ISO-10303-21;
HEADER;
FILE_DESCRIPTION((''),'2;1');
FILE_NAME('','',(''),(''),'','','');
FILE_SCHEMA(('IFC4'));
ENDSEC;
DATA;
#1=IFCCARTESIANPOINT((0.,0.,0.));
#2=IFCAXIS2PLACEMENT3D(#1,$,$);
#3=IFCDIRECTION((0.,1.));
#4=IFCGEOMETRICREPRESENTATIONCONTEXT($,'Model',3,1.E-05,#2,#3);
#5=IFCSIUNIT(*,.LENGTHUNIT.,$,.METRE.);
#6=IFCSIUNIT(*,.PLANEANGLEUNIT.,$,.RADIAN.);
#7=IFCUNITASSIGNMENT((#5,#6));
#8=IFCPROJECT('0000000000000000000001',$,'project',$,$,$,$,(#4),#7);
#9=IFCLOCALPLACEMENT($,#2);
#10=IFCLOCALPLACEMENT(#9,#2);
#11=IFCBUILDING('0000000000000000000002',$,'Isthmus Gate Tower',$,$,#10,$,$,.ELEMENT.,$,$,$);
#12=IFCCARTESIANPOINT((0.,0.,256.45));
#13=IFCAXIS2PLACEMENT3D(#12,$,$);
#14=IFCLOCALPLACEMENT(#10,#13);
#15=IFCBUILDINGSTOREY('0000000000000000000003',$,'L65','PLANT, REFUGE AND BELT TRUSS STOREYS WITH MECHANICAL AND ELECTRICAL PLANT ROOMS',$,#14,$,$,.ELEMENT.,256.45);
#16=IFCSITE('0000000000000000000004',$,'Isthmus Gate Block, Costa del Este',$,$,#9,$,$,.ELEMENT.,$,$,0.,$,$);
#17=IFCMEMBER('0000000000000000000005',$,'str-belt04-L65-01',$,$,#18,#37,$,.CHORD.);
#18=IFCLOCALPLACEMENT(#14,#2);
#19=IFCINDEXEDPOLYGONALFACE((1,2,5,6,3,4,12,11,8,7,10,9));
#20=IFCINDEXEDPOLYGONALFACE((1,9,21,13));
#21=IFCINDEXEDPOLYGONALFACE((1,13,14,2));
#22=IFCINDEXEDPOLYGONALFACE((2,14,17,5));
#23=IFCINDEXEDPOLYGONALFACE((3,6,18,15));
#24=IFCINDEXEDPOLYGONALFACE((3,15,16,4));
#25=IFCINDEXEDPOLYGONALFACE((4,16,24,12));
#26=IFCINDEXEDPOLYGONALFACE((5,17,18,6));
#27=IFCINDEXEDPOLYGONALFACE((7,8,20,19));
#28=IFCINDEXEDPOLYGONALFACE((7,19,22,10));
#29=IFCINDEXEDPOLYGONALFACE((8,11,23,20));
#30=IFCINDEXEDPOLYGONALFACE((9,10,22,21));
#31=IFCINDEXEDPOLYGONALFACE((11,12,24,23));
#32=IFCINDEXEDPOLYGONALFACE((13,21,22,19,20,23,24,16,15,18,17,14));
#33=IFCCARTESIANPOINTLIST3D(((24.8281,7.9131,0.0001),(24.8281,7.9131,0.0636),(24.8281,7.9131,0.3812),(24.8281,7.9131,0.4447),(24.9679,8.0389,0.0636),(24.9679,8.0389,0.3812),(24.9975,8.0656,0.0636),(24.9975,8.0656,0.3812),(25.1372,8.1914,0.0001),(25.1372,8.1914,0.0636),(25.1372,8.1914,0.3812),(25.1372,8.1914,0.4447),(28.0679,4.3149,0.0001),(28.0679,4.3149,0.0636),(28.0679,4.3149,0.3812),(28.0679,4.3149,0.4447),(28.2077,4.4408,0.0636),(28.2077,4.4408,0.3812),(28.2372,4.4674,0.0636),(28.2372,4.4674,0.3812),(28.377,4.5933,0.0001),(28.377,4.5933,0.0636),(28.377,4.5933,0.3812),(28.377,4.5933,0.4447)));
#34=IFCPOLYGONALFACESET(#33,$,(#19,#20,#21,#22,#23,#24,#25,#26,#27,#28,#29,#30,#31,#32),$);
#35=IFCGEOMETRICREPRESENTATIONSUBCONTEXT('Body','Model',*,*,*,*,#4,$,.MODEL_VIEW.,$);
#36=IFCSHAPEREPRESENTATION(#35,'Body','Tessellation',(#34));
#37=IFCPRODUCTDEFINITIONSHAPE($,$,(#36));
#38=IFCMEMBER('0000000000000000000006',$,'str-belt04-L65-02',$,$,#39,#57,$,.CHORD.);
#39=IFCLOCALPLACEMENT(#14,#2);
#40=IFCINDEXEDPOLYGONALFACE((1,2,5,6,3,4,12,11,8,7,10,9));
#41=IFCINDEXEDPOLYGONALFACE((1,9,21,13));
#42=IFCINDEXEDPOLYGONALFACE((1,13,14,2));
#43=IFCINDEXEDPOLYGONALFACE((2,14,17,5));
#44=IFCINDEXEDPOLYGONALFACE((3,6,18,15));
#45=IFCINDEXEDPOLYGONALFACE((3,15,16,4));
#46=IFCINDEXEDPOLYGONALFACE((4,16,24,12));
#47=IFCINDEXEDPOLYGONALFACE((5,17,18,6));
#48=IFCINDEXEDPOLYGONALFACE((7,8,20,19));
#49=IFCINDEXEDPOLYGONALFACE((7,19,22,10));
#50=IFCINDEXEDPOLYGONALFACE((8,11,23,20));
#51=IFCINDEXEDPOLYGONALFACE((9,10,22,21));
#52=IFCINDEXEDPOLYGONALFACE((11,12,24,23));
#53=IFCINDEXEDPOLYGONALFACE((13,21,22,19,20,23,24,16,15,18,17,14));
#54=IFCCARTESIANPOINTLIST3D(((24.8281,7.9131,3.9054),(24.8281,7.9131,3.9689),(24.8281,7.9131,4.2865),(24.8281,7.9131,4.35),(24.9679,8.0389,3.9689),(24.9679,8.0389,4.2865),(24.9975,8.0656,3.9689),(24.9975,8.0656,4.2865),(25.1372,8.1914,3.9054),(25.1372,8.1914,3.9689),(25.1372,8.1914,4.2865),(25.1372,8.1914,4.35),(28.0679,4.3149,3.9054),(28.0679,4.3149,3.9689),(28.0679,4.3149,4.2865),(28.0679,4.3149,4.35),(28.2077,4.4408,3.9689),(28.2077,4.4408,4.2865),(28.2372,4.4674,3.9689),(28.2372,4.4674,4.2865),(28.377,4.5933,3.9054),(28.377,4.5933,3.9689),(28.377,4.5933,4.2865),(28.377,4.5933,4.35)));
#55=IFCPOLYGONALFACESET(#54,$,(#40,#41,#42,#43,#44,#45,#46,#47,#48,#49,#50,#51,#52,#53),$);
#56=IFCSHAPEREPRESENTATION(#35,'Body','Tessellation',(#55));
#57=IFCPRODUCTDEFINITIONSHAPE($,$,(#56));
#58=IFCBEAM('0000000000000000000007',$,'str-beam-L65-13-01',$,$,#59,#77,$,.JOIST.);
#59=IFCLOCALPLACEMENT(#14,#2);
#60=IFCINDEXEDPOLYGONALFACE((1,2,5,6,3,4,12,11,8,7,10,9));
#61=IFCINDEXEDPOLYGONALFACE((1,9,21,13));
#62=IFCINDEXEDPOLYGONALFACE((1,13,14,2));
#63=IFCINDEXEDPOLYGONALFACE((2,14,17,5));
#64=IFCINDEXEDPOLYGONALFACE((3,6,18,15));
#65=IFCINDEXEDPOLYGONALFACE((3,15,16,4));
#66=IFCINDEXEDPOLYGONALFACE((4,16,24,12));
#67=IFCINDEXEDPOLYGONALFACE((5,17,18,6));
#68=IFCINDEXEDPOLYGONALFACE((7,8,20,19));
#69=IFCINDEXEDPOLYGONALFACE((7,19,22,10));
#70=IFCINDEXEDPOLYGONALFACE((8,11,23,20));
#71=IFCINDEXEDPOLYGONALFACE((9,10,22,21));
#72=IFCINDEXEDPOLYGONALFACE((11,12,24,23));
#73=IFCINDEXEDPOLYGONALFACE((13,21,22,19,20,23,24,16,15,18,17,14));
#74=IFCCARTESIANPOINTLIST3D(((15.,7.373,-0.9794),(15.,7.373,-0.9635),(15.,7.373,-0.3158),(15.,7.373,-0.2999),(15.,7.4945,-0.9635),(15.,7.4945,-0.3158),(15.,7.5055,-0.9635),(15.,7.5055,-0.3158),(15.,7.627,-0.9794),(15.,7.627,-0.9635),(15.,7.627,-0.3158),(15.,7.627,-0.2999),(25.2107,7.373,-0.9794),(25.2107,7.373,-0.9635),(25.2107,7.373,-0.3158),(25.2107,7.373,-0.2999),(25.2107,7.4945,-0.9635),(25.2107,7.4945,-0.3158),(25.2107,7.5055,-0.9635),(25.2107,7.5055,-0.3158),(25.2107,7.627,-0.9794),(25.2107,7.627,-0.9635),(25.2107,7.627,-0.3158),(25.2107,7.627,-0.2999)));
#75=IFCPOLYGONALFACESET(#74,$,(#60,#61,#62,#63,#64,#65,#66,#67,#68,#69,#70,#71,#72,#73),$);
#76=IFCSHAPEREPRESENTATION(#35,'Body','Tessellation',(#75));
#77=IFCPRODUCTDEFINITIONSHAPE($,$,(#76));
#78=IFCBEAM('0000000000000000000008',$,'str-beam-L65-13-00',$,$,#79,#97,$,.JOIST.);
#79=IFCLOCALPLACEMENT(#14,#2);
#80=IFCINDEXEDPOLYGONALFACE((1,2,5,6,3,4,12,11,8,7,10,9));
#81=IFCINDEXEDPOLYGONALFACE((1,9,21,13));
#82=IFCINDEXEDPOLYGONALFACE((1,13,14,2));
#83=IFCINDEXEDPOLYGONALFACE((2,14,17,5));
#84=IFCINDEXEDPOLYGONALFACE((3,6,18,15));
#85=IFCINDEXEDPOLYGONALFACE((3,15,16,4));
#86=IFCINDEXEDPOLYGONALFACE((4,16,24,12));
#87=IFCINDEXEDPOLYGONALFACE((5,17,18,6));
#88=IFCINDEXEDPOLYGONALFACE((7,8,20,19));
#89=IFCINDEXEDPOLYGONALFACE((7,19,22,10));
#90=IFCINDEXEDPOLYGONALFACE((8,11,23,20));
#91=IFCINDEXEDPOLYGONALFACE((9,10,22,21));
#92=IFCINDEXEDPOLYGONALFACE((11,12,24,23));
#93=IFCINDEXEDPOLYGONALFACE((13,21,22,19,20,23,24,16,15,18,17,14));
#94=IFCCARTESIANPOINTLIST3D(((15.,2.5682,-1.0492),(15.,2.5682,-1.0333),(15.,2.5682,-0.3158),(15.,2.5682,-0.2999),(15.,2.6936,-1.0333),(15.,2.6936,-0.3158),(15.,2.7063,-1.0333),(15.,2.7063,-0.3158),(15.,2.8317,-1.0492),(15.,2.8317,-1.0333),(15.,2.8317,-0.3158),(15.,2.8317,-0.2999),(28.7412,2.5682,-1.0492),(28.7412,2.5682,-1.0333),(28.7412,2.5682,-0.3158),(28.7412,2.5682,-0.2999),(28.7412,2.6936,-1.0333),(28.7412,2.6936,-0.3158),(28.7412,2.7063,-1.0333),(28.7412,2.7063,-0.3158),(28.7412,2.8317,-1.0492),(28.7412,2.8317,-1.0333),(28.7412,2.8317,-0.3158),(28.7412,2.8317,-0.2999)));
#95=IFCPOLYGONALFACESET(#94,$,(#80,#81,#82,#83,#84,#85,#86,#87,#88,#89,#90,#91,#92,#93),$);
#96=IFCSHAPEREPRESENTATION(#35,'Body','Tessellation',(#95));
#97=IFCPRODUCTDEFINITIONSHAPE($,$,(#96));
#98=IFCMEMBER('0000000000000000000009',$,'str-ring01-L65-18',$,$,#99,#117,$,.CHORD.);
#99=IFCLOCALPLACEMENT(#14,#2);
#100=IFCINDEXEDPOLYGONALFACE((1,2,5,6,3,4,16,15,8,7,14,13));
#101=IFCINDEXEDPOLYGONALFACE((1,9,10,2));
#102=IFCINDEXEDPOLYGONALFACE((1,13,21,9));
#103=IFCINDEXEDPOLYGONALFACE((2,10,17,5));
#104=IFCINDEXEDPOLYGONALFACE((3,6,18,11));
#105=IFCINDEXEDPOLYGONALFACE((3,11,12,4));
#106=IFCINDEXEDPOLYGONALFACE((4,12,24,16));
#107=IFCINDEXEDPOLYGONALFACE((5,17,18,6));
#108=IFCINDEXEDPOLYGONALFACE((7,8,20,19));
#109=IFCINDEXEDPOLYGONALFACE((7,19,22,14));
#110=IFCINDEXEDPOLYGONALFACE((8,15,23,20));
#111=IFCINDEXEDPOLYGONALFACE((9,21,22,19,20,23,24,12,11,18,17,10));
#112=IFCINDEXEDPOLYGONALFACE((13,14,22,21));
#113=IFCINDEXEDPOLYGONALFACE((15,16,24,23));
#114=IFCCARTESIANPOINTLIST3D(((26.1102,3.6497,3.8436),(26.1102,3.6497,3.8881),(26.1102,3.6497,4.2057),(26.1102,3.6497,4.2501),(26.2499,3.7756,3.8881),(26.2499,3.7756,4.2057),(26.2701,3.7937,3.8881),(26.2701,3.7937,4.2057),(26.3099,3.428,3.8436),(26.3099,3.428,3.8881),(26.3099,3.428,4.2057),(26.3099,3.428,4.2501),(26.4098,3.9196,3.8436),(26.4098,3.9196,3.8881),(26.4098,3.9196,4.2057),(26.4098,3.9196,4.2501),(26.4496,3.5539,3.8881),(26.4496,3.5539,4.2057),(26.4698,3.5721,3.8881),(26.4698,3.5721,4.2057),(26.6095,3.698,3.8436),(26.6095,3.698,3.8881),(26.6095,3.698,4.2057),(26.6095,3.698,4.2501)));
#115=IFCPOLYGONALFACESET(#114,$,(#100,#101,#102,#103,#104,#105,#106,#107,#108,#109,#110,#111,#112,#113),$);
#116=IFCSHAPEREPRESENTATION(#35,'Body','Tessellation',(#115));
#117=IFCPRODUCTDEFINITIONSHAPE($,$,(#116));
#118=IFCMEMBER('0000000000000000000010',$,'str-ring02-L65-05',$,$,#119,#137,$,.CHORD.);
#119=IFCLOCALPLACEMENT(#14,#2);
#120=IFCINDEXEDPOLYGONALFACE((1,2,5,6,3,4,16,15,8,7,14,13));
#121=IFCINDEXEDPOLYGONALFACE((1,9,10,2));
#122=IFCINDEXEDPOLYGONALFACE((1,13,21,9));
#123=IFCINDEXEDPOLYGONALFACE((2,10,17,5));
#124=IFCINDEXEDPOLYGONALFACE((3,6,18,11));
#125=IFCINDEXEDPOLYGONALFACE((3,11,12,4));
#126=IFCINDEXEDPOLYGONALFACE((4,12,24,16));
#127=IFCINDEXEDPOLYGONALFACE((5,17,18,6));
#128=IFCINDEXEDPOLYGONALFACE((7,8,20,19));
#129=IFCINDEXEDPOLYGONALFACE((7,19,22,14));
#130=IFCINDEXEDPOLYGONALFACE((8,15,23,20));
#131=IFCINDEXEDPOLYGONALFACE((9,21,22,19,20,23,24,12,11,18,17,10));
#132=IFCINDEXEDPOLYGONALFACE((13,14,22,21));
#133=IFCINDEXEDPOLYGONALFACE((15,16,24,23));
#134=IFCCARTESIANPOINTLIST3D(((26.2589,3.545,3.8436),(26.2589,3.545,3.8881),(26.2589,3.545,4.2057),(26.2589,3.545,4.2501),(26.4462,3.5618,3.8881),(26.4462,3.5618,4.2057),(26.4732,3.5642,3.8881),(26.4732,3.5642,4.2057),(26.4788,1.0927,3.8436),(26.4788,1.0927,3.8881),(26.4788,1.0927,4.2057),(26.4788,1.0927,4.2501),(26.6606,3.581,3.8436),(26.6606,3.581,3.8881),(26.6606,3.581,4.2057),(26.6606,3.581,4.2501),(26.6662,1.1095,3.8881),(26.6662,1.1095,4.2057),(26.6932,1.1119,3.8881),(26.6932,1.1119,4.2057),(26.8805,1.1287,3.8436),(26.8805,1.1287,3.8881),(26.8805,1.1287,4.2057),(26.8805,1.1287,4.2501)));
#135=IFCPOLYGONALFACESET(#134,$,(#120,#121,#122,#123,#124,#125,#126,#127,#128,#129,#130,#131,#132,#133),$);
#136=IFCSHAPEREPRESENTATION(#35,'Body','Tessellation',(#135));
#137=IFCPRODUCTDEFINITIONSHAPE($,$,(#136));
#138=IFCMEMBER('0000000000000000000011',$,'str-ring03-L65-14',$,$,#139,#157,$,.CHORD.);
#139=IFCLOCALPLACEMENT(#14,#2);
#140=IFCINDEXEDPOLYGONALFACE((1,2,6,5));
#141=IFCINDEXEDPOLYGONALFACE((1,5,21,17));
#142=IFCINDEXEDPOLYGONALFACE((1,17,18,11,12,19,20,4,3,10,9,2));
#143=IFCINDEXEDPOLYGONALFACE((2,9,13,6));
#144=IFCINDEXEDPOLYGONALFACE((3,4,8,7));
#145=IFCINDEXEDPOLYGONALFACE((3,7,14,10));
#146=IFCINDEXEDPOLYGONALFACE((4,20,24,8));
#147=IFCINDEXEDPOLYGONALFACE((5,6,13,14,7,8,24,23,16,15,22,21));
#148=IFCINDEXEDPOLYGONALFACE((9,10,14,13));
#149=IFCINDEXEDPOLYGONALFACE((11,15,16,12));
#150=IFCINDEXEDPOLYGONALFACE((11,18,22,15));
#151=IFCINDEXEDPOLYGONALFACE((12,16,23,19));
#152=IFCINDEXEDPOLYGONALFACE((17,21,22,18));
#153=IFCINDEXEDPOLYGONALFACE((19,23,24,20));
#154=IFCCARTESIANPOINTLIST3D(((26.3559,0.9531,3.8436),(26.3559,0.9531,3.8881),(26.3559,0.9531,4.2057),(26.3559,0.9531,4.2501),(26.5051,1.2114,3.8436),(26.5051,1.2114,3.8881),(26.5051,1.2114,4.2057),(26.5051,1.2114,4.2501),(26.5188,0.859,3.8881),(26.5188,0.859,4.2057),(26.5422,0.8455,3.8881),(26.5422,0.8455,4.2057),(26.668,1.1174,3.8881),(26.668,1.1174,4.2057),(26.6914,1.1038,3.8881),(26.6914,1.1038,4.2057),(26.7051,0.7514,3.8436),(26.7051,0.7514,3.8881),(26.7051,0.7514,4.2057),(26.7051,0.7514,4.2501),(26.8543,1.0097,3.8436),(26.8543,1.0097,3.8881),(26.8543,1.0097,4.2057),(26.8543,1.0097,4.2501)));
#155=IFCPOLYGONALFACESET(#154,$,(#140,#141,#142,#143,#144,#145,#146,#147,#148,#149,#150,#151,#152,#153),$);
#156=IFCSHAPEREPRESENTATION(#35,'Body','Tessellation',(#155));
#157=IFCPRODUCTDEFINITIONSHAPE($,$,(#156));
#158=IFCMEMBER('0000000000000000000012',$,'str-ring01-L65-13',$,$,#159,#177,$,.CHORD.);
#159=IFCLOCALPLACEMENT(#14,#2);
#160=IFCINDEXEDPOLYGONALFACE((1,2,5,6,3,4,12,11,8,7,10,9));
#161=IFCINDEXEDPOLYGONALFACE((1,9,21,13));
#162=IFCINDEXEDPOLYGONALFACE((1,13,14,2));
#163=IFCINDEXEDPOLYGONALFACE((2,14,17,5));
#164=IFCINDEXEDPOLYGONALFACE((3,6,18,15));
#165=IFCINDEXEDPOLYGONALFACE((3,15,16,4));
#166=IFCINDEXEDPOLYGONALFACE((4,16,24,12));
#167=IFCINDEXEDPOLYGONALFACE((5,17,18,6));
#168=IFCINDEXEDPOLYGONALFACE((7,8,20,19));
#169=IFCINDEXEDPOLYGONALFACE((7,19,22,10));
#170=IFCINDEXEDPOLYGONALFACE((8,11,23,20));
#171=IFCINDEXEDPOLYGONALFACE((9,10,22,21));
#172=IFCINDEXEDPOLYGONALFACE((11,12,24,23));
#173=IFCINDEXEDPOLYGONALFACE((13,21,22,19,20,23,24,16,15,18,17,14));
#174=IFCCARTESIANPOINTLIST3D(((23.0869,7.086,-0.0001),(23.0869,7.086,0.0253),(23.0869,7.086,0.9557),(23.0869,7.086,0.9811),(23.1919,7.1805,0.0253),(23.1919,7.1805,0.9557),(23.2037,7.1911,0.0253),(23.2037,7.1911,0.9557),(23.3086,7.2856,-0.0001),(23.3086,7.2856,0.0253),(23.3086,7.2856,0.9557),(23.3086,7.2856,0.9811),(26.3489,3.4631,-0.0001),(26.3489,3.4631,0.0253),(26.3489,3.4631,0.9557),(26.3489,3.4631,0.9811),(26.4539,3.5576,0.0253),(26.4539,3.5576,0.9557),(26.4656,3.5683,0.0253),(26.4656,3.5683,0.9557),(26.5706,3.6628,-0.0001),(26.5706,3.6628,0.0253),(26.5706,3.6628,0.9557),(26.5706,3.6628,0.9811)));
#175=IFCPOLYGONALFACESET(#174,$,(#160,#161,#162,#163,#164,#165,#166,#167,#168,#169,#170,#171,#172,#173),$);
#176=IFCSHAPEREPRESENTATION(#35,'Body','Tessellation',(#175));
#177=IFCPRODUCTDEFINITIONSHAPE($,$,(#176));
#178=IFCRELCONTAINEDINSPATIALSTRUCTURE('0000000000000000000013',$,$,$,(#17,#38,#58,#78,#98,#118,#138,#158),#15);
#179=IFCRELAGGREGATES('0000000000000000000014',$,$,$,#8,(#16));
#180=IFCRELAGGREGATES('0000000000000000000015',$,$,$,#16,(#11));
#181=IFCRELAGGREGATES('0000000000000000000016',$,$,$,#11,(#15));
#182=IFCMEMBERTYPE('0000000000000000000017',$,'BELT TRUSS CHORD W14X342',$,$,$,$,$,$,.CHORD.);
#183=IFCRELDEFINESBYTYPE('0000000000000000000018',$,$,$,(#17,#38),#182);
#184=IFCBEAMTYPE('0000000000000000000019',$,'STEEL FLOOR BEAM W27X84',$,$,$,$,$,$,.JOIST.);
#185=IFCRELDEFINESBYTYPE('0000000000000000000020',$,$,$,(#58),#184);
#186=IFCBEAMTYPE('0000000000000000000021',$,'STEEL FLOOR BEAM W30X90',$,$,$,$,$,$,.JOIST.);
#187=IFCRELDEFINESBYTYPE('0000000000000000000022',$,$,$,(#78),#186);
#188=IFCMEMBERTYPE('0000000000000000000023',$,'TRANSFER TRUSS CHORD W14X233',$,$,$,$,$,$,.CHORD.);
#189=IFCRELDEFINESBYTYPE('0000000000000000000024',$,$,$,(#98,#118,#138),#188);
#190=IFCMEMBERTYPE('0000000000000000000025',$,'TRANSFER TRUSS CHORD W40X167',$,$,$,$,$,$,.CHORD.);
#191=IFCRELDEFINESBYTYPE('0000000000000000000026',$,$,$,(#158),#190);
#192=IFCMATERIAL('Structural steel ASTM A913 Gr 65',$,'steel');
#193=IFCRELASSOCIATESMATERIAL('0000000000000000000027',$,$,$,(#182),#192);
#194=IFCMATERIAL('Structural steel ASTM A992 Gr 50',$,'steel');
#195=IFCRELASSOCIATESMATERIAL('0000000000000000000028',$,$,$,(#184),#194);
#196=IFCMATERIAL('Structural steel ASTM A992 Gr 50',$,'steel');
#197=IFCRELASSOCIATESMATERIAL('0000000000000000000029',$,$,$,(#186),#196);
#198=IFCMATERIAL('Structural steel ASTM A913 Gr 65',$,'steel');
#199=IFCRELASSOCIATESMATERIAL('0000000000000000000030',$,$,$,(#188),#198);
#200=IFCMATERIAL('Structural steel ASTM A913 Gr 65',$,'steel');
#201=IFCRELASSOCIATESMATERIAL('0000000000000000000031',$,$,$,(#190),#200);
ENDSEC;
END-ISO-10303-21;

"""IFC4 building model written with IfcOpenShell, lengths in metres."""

from ifc_helpers import new_model, si_unit, direction, frame, origin, origin_2d, place, context, subcontext, project, spatial, i_section, extrude, material, material_profile, profile_set, type_object, element, save


model = new_model("IFC4")

# Units and contexts
model_context = context("Model", 3, precision=1e-05, world=origin(), true_north=direction((0.0, 1.0)))
body_context = subcontext(model_context, "Body", "Model", "MODEL_VIEW")
ifc_project = project(units=[si_unit("LENGTHUNIT", "METRE"), si_unit("PLANEANGLEUNIT", "RADIAN")], contexts=[model_context])

# Site, building, storey
site_placement = place(None, origin())
site = spatial("IfcSite", under=ifc_project, at=site_placement, Name="Isthmus Gate Block, Costa del Este", CompositionType="ELEMENT", RefElevation=0.0)
building_placement = place(site_placement, origin())
building = spatial("IfcBuilding", under=site, at=building_placement, Name="Isthmus Gate Tower", CompositionType="ELEMENT")
storey_placement = place(building_placement, frame((0.0, 0.0, 256.45)))
storey = spatial("IfcBuildingStorey", under=building, at=storey_placement, Name="L65", Description="PLANT, REFUGE AND BELT TRUSS STOREYS WITH MECHANICAL AND ELECTRICAL PLANT ROOMS", CompositionType="ELEMENT", Elevation=256.45)

# Members
ifc_material_1 = material(Name="Structural steel ASTM A913 Gr 65", Category="steel")
ifc_material_profile_1 = material_profile(ifc_material_1, i_section(OverallWidth=0.416, OverallDepth=0.4446, WebThickness=0.0398, FlangeThickness=0.0635, at=origin_2d()), Name="W14X342")
ifc_profile_set_1 = profile_set([ifc_material_profile_1], Name="Structural steel ASTM A913 Gr 65")
member_type_1 = type_object("IfcMemberType", Name="BELT TRUSS CHORD W14X342", PredefinedType="CHORD", material=ifc_profile_set_1)
for number, where, z_axis, x_axis, name in (
    (1, (24.9827, 8.0522, 0.2224), (0.669126, -0.743149, 0.0), (0.743149, 0.669126, 0.0), "str-belt04-L65-01"),
    (2, (24.9827, 8.0522, 4.1277), (0.669126, -0.743149, 0.0), (0.743149, 0.669126, 0.0), "str-belt04-L65-02"),
):
    element("IfcMember", number, at=place(storey_placement, frame(where, z_axis=z_axis, x_axis=x_axis)), inside=storey, type_object=member_type_1, Name=name, PredefinedType="CHORD", context=body_context, shape_type="SweptSolid", body=[
        extrude(i_section(OverallWidth=0.416, OverallDepth=0.4446, WebThickness=0.0398, FlangeThickness=0.0635, at=origin_2d()), origin(), (0.0, 0.0, 1.0), 4.8418),
    ])

# Beams
ifc_material_2 = material(Name="Structural steel ASTM A992 Gr 50", Category="steel")
ifc_material_profile_2 = material_profile(ifc_material_2, i_section(OverallWidth=0.2539, OverallDepth=0.6794, WebThickness=0.011, FlangeThickness=0.0159, at=origin_2d()), Name="W27X84")
ifc_profile_set_2 = profile_set([ifc_material_profile_2], Name="Structural steel ASTM A992 Gr 50")
beam_type_1 = type_object("IfcBeamType", Name="STEEL FLOOR BEAM W27X84", PredefinedType="JOIST", material=ifc_profile_set_2)
beam_1_placement = place(storey_placement, frame((15.0, 7.5, -0.6396), z_axis=(1.0, 0.0, 0.0), x_axis=(0.0, 1.0, 0.0)))
element("IfcBeam", 3, at=beam_1_placement, inside=storey, type_object=beam_type_1, Name="str-beam-L65-13-01", PredefinedType="JOIST", context=body_context, shape_type="SweptSolid", body=[
    extrude(i_section(OverallWidth=0.2539, OverallDepth=0.6794, WebThickness=0.011, FlangeThickness=0.0159, at=origin_2d()), origin(), (0.0, 0.0, 1.0), 10.2107),
])
ifc_material_3 = material(Name="Structural steel ASTM A992 Gr 50", Category="steel")
ifc_material_profile_3 = material_profile(ifc_material_3, i_section(OverallWidth=0.2634, OverallDepth=0.7493, WebThickness=0.0127, FlangeThickness=0.0159, at=origin_2d()), Name="W30X90")
ifc_profile_set_3 = profile_set([ifc_material_profile_3], Name="Structural steel ASTM A992 Gr 50")
beam_type_2 = type_object("IfcBeamType", Name="STEEL FLOOR BEAM W30X90", PredefinedType="JOIST", material=ifc_profile_set_3)
beam_2_placement = place(storey_placement, frame((15.0, 2.7, -0.6746), z_axis=(1.0, 0.0, 0.0), x_axis=(0.0, 1.0, 0.0)))
element("IfcBeam", 4, at=beam_2_placement, inside=storey, type_object=beam_type_2, Name="str-beam-L65-13-00", PredefinedType="JOIST", context=body_context, shape_type="SweptSolid", body=[
    extrude(i_section(OverallWidth=0.2634, OverallDepth=0.7493, WebThickness=0.0127, FlangeThickness=0.0159, at=origin_2d()), origin(), (0.0, 0.0, 1.0), 13.7412),
])

# Members
ifc_material_4 = material(Name="Structural steel ASTM A913 Gr 65", Category="steel")
ifc_material_profile_4 = material_profile(ifc_material_4, i_section(OverallWidth=0.4033, OverallDepth=0.4065, WebThickness=0.0271, FlangeThickness=0.0444, at=origin_2d()), Name="W14X233")
ifc_profile_set_4 = profile_set([ifc_material_profile_4], Name="Structural steel ASTM A913 Gr 65")
member_type_2 = type_object("IfcMemberType", Name="TRANSFER TRUSS CHORD W14X233", PredefinedType="CHORD", material=ifc_profile_set_4)
member_1_placement = place(storey_placement, frame((26.26, 3.7847, 4.0469), z_axis=(0.669326, -0.742969, 0.0), x_axis=(0.742969, 0.669326, 0.0)))
element("IfcMember", 5, at=member_1_placement, inside=storey, type_object=member_type_2, Name="str-ring01-L65-18", PredefinedType="CHORD", context=body_context, shape_type="SweptSolid", body=[
    extrude(i_section(OverallWidth=0.4033, OverallDepth=0.4065, WebThickness=0.0271, FlangeThickness=0.0444, at=origin_2d()), origin(), (0.0, 0.0, 1.0), 0.2983),
])
member_2_placement = place(storey_placement, frame((26.4597, 3.563, 4.0469), z_axis=(0.089338, -0.996001, 0.0), x_axis=(0.996001, 0.089338, 0.0)))
element("IfcMember", 6, at=member_2_placement, inside=storey, type_object=member_type_2, Name="str-ring02-L65-05", PredefinedType="CHORD", context=body_context, shape_type="SweptSolid", body=[
    extrude(i_section(OverallWidth=0.4033, OverallDepth=0.4065, WebThickness=0.0271, FlangeThickness=0.0444, at=origin_2d()), origin(), (0.0, 0.0, 1.0), 2.4622),
])
member_3_placement = place(storey_placement, frame((26.6797, 1.1106, 4.0469), z_axis=(-0.5001, -0.865967, 0.0), x_axis=(0.865967, -0.5001, 0.0)))
element("IfcMember", 7, at=member_3_placement, inside=storey, type_object=member_type_2, Name="str-ring03-L65-14", PredefinedType="CHORD", context=body_context, shape_type="SweptSolid", body=[
    extrude(i_section(OverallWidth=0.4033, OverallDepth=0.4065, WebThickness=0.0271, FlangeThickness=0.0444, at=origin_2d()), origin(), (0.0, 0.0, 1.0), 0.2983),
])
ifc_material_5 = material(Name="Structural steel ASTM A913 Gr 65", Category="steel")
ifc_material_profile_5 = material_profile(ifc_material_5, i_section(OverallWidth=0.2983, OverallDepth=0.9812, WebThickness=0.0159, FlangeThickness=0.0254, at=origin_2d()), Name="W40X167")
ifc_profile_set_5 = profile_set([ifc_material_profile_5], Name="Structural steel ASTM A913 Gr 65")
member_type_3 = type_object("IfcMemberType", Name="TRANSFER TRUSS CHORD W40X167", PredefinedType="CHORD", material=ifc_profile_set_5)
member_4_placement = place(storey_placement, frame((23.1978, 7.1858, 0.4905), z_axis=(0.669128, -0.743147, 0.0), x_axis=(0.743147, 0.669128, 0.0)))
element("IfcMember", 8, at=member_4_placement, inside=storey, type_object=member_type_3, Name="str-ring01-L65-13", PredefinedType="CHORD", context=body_context, shape_type="SweptSolid", body=[
    extrude(i_section(OverallWidth=0.2983, OverallDepth=0.9812, WebThickness=0.0159, FlangeThickness=0.0254, at=origin_2d()), origin(), (0.0, 0.0, 1.0), 4.875),
])

save(model, "model.ifc")
